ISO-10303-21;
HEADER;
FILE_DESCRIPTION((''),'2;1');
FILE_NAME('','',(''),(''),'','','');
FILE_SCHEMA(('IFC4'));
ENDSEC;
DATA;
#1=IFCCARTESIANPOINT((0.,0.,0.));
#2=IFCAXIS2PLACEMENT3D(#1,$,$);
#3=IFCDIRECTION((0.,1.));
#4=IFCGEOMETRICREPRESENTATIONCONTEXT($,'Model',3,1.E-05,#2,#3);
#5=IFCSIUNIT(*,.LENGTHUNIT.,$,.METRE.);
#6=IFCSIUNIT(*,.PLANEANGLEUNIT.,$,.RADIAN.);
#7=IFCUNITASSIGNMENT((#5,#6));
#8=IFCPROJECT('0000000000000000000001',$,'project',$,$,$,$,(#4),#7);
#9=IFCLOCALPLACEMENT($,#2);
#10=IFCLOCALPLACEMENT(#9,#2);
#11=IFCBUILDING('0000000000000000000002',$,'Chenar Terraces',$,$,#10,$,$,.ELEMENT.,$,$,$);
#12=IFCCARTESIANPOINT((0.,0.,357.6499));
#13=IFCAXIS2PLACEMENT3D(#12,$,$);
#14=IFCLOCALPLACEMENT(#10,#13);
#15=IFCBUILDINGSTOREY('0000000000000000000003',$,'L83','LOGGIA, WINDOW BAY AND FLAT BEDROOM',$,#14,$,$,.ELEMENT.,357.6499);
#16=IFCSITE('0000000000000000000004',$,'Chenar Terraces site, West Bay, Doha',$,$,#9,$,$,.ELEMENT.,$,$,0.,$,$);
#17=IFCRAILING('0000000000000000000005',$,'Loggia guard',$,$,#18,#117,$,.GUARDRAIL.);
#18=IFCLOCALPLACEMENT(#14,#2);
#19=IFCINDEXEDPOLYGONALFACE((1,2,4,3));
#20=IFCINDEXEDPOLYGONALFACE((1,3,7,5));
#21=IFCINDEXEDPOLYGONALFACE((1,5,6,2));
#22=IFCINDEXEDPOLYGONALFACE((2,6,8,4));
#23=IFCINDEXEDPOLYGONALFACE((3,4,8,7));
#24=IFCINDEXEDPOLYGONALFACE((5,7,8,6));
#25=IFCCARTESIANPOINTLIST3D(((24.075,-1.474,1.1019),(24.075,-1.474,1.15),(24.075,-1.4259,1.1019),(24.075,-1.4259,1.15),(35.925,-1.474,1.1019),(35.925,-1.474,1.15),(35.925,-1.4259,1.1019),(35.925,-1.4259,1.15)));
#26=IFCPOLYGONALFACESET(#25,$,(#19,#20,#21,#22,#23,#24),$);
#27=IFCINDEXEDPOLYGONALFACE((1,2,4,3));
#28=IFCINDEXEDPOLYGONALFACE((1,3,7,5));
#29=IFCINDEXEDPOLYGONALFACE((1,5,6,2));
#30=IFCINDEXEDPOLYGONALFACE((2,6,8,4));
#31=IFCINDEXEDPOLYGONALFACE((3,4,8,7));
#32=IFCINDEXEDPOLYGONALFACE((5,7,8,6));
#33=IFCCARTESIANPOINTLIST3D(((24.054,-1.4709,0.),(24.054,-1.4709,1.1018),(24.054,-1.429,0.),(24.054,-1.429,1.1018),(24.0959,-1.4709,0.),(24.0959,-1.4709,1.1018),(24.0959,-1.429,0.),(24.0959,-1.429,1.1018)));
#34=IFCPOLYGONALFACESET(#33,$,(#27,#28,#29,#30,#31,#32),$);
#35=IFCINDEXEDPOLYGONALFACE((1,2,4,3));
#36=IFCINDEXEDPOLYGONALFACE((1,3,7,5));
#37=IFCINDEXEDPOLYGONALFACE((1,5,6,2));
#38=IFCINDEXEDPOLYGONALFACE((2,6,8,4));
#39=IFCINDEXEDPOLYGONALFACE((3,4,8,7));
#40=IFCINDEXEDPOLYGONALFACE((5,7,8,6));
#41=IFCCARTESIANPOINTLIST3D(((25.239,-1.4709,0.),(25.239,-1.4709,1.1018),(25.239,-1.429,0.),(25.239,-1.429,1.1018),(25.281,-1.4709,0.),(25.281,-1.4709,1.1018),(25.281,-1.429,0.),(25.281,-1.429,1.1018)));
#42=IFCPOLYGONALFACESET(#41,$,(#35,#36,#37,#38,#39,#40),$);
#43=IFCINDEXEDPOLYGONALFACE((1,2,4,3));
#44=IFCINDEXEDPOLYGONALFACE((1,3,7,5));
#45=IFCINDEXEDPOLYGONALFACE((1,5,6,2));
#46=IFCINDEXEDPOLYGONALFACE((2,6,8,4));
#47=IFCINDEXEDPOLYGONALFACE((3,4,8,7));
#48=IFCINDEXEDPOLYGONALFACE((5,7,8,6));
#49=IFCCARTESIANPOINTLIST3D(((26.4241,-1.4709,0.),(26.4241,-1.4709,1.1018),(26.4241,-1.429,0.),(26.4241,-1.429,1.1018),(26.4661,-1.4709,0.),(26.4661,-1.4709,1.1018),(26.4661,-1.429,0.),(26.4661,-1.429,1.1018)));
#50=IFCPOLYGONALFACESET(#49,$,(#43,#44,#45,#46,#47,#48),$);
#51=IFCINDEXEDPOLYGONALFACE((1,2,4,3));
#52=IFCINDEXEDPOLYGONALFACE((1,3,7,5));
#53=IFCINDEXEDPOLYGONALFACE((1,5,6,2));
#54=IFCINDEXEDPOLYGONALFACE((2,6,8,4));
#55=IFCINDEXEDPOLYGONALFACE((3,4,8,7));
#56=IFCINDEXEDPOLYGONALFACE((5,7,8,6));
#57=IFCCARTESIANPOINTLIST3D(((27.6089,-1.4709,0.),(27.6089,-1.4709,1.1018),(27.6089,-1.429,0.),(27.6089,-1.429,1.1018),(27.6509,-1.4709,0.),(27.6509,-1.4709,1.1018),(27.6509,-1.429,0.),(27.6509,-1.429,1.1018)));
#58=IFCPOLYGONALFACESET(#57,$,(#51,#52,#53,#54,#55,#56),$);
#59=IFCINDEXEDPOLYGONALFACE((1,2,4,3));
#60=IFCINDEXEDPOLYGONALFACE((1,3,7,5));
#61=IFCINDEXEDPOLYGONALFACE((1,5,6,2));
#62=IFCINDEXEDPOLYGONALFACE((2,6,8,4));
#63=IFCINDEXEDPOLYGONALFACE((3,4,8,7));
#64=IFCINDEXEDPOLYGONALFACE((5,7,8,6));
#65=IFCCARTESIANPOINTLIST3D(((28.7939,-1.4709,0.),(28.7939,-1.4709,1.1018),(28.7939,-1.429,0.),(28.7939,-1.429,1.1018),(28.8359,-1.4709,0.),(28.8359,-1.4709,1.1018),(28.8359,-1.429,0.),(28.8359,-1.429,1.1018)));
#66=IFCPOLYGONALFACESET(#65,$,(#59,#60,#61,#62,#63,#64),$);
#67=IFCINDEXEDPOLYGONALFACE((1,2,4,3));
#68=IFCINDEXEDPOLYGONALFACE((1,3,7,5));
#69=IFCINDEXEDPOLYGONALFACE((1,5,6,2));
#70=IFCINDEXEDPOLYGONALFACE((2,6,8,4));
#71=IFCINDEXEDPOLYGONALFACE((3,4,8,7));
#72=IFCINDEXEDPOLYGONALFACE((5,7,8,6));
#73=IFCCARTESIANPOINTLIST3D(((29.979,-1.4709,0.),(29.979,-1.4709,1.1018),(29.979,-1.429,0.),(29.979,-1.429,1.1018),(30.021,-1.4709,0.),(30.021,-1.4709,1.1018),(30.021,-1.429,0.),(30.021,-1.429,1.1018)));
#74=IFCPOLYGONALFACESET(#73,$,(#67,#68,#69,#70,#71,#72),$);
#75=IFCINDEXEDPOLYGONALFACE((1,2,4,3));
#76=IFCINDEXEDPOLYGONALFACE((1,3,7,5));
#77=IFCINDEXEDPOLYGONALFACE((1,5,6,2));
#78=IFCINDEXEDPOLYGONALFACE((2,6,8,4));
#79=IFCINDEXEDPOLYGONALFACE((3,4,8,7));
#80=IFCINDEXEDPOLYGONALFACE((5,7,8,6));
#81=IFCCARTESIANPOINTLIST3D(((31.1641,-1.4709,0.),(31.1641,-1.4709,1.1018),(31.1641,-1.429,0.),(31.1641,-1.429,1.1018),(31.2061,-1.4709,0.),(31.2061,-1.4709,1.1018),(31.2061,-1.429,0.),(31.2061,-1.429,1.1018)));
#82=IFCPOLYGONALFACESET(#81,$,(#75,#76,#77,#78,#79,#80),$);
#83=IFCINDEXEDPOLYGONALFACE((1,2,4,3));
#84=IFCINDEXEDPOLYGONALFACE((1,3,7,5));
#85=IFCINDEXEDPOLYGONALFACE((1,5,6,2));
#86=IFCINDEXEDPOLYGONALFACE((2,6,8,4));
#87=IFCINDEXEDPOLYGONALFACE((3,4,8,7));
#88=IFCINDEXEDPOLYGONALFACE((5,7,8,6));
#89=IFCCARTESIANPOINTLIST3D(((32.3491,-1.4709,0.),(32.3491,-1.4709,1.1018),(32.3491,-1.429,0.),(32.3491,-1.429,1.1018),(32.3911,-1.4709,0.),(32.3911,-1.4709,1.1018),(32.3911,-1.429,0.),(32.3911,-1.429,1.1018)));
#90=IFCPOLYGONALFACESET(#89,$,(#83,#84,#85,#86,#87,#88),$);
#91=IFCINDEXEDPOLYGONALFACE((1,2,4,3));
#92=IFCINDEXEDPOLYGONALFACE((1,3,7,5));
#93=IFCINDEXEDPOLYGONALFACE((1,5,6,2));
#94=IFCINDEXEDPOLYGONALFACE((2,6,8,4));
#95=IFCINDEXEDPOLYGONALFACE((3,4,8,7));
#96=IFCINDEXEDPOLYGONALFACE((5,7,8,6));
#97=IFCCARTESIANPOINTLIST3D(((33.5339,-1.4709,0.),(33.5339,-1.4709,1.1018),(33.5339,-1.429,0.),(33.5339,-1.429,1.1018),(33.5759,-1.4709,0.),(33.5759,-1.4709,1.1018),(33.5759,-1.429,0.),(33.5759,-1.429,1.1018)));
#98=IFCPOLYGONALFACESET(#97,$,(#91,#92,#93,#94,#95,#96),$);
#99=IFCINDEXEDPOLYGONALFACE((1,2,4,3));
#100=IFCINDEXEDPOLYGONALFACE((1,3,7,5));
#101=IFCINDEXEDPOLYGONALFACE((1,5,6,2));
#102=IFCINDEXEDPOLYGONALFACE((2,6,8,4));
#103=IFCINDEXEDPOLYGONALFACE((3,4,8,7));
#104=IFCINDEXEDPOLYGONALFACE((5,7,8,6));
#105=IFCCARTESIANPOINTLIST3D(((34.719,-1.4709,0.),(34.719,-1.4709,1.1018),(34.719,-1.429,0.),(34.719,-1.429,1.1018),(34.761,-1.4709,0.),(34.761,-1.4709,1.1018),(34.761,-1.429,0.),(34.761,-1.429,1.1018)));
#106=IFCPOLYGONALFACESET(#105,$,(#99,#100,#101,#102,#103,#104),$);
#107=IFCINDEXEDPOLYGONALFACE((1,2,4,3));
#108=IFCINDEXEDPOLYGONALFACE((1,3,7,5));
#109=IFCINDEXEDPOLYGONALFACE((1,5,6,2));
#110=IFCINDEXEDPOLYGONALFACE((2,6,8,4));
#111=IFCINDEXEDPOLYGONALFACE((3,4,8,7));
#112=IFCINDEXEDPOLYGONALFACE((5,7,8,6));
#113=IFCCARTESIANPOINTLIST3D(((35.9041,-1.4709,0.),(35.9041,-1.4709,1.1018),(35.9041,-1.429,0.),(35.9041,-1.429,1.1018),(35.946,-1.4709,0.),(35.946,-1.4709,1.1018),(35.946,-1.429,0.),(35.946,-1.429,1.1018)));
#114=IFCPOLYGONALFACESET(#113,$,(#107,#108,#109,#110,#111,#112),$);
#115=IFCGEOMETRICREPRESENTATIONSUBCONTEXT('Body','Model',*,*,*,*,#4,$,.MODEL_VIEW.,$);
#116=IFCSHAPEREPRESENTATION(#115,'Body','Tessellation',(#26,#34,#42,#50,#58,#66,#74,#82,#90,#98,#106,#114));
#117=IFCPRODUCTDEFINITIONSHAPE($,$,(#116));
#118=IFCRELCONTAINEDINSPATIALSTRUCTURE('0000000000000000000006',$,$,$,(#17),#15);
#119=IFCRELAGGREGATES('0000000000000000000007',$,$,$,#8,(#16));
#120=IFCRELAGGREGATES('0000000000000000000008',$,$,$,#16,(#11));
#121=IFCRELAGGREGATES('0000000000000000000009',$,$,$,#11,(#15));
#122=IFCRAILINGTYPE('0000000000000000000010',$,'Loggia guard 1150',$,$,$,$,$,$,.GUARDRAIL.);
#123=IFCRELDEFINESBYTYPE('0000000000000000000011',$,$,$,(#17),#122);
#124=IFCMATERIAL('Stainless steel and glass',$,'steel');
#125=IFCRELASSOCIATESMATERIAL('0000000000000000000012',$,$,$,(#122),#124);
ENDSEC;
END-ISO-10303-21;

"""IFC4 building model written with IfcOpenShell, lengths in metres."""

from ifc_helpers import new_model, si_unit, direction, frame, origin, origin_2d, place, context, subcontext, project, spatial, rectangle, extrude, material, type_object, element, save


model = new_model("IFC4")

# Units and contexts
model_context = context("Model", 3, precision=1e-05, world=origin(), true_north=direction((0.0, 1.0)))
body_context = subcontext(model_context, "Body", "Model", "MODEL_VIEW")
ifc_project = project(units=[si_unit("LENGTHUNIT", "METRE"), si_unit("PLANEANGLEUNIT", "RADIAN")], contexts=[model_context])

# Site, building, storey
site_placement = place(None, origin())
site = spatial("IfcSite", under=ifc_project, at=site_placement, Name="Chenar Terraces site, West Bay, Doha", CompositionType="ELEMENT", RefElevation=0.0)
building_placement = place(site_placement, origin())
building = spatial("IfcBuilding", under=site, at=building_placement, Name="Chenar Terraces", CompositionType="ELEMENT")
storey_placement = place(building_placement, frame((0.0, 0.0, 357.6499)))
storey = spatial("IfcBuildingStorey", under=building, at=storey_placement, Name="L83", Description="LOGGIA, WINDOW BAY AND FLAT BEDROOM", CompositionType="ELEMENT", Elevation=357.6499)

# Railing
ifc_material_1 = material(Name="Stainless steel and glass", Category="steel")
railing_type = type_object("IfcRailingType", Name="Loggia guard 1150", PredefinedType="GUARDRAIL", material=ifc_material_1)
railing_placement = place(storey_placement, frame((24.075, -1.45, 0.0)))
element("IfcRailing", 1, at=railing_placement, inside=storey, type_object=railing_type, Name="Loggia guard", PredefinedType="GUARDRAIL", context=body_context, shape_type="SweptSolid", body=[
    extrude(rectangle(XDim=0.0481, YDim=0.0481, at=origin_2d()), frame((0.0, 0.0, 1.126), z_axis=(1.0, 0.0, 0.0), x_axis=(0.0, 1.0, 0.0)), (0.0, 0.0, 1.0), 11.8501),
    extrude(rectangle(XDim=0.042, YDim=0.042, at=origin_2d()), origin(), (0.0, 0.0, 1.0), 1.1018),
    extrude(rectangle(XDim=0.042, YDim=0.042, at=origin_2d()), frame((1.1851, 0.0, 0.0)), (0.0, 0.0, 1.0), 1.1018),
    extrude(rectangle(XDim=0.042, YDim=0.042, at=origin_2d()), frame((2.3701, 0.0, 0.0)), (0.0, 0.0, 1.0), 1.1018),
    extrude(rectangle(XDim=0.042, YDim=0.042, at=origin_2d()), frame((3.5549, 0.0, 0.0)), (0.0, 0.0, 1.0), 1.1018),
    extrude(rectangle(XDim=0.042, YDim=0.042, at=origin_2d()), frame((4.74, 0.0, 0.0)), (0.0, 0.0, 1.0), 1.1018),
    extrude(rectangle(XDim=0.042, YDim=0.042, at=origin_2d()), frame((5.925, 0.0, 0.0)), (0.0, 0.0, 1.0), 1.1018),
    extrude(rectangle(XDim=0.042, YDim=0.042, at=origin_2d()), frame((7.1101, 0.0, 0.0)), (0.0, 0.0, 1.0), 1.1018),
    extrude(rectangle(XDim=0.042, YDim=0.042, at=origin_2d()), frame((8.2952, 0.0, 0.0)), (0.0, 0.0, 1.0), 1.1018),
    extrude(rectangle(XDim=0.042, YDim=0.042, at=origin_2d()), frame((9.48, 0.0, 0.0)), (0.0, 0.0, 1.0), 1.1018),
    extrude(rectangle(XDim=0.042, YDim=0.042, at=origin_2d()), frame((10.665, 0.0, 0.0)), (0.0, 0.0, 1.0), 1.1018),
    extrude(rectangle(XDim=0.042, YDim=0.042, at=origin_2d()), frame((11.8501, 0.0, 0.0)), (0.0, 0.0, 1.0), 1.1018),
])

save(model, "model.ifc")
